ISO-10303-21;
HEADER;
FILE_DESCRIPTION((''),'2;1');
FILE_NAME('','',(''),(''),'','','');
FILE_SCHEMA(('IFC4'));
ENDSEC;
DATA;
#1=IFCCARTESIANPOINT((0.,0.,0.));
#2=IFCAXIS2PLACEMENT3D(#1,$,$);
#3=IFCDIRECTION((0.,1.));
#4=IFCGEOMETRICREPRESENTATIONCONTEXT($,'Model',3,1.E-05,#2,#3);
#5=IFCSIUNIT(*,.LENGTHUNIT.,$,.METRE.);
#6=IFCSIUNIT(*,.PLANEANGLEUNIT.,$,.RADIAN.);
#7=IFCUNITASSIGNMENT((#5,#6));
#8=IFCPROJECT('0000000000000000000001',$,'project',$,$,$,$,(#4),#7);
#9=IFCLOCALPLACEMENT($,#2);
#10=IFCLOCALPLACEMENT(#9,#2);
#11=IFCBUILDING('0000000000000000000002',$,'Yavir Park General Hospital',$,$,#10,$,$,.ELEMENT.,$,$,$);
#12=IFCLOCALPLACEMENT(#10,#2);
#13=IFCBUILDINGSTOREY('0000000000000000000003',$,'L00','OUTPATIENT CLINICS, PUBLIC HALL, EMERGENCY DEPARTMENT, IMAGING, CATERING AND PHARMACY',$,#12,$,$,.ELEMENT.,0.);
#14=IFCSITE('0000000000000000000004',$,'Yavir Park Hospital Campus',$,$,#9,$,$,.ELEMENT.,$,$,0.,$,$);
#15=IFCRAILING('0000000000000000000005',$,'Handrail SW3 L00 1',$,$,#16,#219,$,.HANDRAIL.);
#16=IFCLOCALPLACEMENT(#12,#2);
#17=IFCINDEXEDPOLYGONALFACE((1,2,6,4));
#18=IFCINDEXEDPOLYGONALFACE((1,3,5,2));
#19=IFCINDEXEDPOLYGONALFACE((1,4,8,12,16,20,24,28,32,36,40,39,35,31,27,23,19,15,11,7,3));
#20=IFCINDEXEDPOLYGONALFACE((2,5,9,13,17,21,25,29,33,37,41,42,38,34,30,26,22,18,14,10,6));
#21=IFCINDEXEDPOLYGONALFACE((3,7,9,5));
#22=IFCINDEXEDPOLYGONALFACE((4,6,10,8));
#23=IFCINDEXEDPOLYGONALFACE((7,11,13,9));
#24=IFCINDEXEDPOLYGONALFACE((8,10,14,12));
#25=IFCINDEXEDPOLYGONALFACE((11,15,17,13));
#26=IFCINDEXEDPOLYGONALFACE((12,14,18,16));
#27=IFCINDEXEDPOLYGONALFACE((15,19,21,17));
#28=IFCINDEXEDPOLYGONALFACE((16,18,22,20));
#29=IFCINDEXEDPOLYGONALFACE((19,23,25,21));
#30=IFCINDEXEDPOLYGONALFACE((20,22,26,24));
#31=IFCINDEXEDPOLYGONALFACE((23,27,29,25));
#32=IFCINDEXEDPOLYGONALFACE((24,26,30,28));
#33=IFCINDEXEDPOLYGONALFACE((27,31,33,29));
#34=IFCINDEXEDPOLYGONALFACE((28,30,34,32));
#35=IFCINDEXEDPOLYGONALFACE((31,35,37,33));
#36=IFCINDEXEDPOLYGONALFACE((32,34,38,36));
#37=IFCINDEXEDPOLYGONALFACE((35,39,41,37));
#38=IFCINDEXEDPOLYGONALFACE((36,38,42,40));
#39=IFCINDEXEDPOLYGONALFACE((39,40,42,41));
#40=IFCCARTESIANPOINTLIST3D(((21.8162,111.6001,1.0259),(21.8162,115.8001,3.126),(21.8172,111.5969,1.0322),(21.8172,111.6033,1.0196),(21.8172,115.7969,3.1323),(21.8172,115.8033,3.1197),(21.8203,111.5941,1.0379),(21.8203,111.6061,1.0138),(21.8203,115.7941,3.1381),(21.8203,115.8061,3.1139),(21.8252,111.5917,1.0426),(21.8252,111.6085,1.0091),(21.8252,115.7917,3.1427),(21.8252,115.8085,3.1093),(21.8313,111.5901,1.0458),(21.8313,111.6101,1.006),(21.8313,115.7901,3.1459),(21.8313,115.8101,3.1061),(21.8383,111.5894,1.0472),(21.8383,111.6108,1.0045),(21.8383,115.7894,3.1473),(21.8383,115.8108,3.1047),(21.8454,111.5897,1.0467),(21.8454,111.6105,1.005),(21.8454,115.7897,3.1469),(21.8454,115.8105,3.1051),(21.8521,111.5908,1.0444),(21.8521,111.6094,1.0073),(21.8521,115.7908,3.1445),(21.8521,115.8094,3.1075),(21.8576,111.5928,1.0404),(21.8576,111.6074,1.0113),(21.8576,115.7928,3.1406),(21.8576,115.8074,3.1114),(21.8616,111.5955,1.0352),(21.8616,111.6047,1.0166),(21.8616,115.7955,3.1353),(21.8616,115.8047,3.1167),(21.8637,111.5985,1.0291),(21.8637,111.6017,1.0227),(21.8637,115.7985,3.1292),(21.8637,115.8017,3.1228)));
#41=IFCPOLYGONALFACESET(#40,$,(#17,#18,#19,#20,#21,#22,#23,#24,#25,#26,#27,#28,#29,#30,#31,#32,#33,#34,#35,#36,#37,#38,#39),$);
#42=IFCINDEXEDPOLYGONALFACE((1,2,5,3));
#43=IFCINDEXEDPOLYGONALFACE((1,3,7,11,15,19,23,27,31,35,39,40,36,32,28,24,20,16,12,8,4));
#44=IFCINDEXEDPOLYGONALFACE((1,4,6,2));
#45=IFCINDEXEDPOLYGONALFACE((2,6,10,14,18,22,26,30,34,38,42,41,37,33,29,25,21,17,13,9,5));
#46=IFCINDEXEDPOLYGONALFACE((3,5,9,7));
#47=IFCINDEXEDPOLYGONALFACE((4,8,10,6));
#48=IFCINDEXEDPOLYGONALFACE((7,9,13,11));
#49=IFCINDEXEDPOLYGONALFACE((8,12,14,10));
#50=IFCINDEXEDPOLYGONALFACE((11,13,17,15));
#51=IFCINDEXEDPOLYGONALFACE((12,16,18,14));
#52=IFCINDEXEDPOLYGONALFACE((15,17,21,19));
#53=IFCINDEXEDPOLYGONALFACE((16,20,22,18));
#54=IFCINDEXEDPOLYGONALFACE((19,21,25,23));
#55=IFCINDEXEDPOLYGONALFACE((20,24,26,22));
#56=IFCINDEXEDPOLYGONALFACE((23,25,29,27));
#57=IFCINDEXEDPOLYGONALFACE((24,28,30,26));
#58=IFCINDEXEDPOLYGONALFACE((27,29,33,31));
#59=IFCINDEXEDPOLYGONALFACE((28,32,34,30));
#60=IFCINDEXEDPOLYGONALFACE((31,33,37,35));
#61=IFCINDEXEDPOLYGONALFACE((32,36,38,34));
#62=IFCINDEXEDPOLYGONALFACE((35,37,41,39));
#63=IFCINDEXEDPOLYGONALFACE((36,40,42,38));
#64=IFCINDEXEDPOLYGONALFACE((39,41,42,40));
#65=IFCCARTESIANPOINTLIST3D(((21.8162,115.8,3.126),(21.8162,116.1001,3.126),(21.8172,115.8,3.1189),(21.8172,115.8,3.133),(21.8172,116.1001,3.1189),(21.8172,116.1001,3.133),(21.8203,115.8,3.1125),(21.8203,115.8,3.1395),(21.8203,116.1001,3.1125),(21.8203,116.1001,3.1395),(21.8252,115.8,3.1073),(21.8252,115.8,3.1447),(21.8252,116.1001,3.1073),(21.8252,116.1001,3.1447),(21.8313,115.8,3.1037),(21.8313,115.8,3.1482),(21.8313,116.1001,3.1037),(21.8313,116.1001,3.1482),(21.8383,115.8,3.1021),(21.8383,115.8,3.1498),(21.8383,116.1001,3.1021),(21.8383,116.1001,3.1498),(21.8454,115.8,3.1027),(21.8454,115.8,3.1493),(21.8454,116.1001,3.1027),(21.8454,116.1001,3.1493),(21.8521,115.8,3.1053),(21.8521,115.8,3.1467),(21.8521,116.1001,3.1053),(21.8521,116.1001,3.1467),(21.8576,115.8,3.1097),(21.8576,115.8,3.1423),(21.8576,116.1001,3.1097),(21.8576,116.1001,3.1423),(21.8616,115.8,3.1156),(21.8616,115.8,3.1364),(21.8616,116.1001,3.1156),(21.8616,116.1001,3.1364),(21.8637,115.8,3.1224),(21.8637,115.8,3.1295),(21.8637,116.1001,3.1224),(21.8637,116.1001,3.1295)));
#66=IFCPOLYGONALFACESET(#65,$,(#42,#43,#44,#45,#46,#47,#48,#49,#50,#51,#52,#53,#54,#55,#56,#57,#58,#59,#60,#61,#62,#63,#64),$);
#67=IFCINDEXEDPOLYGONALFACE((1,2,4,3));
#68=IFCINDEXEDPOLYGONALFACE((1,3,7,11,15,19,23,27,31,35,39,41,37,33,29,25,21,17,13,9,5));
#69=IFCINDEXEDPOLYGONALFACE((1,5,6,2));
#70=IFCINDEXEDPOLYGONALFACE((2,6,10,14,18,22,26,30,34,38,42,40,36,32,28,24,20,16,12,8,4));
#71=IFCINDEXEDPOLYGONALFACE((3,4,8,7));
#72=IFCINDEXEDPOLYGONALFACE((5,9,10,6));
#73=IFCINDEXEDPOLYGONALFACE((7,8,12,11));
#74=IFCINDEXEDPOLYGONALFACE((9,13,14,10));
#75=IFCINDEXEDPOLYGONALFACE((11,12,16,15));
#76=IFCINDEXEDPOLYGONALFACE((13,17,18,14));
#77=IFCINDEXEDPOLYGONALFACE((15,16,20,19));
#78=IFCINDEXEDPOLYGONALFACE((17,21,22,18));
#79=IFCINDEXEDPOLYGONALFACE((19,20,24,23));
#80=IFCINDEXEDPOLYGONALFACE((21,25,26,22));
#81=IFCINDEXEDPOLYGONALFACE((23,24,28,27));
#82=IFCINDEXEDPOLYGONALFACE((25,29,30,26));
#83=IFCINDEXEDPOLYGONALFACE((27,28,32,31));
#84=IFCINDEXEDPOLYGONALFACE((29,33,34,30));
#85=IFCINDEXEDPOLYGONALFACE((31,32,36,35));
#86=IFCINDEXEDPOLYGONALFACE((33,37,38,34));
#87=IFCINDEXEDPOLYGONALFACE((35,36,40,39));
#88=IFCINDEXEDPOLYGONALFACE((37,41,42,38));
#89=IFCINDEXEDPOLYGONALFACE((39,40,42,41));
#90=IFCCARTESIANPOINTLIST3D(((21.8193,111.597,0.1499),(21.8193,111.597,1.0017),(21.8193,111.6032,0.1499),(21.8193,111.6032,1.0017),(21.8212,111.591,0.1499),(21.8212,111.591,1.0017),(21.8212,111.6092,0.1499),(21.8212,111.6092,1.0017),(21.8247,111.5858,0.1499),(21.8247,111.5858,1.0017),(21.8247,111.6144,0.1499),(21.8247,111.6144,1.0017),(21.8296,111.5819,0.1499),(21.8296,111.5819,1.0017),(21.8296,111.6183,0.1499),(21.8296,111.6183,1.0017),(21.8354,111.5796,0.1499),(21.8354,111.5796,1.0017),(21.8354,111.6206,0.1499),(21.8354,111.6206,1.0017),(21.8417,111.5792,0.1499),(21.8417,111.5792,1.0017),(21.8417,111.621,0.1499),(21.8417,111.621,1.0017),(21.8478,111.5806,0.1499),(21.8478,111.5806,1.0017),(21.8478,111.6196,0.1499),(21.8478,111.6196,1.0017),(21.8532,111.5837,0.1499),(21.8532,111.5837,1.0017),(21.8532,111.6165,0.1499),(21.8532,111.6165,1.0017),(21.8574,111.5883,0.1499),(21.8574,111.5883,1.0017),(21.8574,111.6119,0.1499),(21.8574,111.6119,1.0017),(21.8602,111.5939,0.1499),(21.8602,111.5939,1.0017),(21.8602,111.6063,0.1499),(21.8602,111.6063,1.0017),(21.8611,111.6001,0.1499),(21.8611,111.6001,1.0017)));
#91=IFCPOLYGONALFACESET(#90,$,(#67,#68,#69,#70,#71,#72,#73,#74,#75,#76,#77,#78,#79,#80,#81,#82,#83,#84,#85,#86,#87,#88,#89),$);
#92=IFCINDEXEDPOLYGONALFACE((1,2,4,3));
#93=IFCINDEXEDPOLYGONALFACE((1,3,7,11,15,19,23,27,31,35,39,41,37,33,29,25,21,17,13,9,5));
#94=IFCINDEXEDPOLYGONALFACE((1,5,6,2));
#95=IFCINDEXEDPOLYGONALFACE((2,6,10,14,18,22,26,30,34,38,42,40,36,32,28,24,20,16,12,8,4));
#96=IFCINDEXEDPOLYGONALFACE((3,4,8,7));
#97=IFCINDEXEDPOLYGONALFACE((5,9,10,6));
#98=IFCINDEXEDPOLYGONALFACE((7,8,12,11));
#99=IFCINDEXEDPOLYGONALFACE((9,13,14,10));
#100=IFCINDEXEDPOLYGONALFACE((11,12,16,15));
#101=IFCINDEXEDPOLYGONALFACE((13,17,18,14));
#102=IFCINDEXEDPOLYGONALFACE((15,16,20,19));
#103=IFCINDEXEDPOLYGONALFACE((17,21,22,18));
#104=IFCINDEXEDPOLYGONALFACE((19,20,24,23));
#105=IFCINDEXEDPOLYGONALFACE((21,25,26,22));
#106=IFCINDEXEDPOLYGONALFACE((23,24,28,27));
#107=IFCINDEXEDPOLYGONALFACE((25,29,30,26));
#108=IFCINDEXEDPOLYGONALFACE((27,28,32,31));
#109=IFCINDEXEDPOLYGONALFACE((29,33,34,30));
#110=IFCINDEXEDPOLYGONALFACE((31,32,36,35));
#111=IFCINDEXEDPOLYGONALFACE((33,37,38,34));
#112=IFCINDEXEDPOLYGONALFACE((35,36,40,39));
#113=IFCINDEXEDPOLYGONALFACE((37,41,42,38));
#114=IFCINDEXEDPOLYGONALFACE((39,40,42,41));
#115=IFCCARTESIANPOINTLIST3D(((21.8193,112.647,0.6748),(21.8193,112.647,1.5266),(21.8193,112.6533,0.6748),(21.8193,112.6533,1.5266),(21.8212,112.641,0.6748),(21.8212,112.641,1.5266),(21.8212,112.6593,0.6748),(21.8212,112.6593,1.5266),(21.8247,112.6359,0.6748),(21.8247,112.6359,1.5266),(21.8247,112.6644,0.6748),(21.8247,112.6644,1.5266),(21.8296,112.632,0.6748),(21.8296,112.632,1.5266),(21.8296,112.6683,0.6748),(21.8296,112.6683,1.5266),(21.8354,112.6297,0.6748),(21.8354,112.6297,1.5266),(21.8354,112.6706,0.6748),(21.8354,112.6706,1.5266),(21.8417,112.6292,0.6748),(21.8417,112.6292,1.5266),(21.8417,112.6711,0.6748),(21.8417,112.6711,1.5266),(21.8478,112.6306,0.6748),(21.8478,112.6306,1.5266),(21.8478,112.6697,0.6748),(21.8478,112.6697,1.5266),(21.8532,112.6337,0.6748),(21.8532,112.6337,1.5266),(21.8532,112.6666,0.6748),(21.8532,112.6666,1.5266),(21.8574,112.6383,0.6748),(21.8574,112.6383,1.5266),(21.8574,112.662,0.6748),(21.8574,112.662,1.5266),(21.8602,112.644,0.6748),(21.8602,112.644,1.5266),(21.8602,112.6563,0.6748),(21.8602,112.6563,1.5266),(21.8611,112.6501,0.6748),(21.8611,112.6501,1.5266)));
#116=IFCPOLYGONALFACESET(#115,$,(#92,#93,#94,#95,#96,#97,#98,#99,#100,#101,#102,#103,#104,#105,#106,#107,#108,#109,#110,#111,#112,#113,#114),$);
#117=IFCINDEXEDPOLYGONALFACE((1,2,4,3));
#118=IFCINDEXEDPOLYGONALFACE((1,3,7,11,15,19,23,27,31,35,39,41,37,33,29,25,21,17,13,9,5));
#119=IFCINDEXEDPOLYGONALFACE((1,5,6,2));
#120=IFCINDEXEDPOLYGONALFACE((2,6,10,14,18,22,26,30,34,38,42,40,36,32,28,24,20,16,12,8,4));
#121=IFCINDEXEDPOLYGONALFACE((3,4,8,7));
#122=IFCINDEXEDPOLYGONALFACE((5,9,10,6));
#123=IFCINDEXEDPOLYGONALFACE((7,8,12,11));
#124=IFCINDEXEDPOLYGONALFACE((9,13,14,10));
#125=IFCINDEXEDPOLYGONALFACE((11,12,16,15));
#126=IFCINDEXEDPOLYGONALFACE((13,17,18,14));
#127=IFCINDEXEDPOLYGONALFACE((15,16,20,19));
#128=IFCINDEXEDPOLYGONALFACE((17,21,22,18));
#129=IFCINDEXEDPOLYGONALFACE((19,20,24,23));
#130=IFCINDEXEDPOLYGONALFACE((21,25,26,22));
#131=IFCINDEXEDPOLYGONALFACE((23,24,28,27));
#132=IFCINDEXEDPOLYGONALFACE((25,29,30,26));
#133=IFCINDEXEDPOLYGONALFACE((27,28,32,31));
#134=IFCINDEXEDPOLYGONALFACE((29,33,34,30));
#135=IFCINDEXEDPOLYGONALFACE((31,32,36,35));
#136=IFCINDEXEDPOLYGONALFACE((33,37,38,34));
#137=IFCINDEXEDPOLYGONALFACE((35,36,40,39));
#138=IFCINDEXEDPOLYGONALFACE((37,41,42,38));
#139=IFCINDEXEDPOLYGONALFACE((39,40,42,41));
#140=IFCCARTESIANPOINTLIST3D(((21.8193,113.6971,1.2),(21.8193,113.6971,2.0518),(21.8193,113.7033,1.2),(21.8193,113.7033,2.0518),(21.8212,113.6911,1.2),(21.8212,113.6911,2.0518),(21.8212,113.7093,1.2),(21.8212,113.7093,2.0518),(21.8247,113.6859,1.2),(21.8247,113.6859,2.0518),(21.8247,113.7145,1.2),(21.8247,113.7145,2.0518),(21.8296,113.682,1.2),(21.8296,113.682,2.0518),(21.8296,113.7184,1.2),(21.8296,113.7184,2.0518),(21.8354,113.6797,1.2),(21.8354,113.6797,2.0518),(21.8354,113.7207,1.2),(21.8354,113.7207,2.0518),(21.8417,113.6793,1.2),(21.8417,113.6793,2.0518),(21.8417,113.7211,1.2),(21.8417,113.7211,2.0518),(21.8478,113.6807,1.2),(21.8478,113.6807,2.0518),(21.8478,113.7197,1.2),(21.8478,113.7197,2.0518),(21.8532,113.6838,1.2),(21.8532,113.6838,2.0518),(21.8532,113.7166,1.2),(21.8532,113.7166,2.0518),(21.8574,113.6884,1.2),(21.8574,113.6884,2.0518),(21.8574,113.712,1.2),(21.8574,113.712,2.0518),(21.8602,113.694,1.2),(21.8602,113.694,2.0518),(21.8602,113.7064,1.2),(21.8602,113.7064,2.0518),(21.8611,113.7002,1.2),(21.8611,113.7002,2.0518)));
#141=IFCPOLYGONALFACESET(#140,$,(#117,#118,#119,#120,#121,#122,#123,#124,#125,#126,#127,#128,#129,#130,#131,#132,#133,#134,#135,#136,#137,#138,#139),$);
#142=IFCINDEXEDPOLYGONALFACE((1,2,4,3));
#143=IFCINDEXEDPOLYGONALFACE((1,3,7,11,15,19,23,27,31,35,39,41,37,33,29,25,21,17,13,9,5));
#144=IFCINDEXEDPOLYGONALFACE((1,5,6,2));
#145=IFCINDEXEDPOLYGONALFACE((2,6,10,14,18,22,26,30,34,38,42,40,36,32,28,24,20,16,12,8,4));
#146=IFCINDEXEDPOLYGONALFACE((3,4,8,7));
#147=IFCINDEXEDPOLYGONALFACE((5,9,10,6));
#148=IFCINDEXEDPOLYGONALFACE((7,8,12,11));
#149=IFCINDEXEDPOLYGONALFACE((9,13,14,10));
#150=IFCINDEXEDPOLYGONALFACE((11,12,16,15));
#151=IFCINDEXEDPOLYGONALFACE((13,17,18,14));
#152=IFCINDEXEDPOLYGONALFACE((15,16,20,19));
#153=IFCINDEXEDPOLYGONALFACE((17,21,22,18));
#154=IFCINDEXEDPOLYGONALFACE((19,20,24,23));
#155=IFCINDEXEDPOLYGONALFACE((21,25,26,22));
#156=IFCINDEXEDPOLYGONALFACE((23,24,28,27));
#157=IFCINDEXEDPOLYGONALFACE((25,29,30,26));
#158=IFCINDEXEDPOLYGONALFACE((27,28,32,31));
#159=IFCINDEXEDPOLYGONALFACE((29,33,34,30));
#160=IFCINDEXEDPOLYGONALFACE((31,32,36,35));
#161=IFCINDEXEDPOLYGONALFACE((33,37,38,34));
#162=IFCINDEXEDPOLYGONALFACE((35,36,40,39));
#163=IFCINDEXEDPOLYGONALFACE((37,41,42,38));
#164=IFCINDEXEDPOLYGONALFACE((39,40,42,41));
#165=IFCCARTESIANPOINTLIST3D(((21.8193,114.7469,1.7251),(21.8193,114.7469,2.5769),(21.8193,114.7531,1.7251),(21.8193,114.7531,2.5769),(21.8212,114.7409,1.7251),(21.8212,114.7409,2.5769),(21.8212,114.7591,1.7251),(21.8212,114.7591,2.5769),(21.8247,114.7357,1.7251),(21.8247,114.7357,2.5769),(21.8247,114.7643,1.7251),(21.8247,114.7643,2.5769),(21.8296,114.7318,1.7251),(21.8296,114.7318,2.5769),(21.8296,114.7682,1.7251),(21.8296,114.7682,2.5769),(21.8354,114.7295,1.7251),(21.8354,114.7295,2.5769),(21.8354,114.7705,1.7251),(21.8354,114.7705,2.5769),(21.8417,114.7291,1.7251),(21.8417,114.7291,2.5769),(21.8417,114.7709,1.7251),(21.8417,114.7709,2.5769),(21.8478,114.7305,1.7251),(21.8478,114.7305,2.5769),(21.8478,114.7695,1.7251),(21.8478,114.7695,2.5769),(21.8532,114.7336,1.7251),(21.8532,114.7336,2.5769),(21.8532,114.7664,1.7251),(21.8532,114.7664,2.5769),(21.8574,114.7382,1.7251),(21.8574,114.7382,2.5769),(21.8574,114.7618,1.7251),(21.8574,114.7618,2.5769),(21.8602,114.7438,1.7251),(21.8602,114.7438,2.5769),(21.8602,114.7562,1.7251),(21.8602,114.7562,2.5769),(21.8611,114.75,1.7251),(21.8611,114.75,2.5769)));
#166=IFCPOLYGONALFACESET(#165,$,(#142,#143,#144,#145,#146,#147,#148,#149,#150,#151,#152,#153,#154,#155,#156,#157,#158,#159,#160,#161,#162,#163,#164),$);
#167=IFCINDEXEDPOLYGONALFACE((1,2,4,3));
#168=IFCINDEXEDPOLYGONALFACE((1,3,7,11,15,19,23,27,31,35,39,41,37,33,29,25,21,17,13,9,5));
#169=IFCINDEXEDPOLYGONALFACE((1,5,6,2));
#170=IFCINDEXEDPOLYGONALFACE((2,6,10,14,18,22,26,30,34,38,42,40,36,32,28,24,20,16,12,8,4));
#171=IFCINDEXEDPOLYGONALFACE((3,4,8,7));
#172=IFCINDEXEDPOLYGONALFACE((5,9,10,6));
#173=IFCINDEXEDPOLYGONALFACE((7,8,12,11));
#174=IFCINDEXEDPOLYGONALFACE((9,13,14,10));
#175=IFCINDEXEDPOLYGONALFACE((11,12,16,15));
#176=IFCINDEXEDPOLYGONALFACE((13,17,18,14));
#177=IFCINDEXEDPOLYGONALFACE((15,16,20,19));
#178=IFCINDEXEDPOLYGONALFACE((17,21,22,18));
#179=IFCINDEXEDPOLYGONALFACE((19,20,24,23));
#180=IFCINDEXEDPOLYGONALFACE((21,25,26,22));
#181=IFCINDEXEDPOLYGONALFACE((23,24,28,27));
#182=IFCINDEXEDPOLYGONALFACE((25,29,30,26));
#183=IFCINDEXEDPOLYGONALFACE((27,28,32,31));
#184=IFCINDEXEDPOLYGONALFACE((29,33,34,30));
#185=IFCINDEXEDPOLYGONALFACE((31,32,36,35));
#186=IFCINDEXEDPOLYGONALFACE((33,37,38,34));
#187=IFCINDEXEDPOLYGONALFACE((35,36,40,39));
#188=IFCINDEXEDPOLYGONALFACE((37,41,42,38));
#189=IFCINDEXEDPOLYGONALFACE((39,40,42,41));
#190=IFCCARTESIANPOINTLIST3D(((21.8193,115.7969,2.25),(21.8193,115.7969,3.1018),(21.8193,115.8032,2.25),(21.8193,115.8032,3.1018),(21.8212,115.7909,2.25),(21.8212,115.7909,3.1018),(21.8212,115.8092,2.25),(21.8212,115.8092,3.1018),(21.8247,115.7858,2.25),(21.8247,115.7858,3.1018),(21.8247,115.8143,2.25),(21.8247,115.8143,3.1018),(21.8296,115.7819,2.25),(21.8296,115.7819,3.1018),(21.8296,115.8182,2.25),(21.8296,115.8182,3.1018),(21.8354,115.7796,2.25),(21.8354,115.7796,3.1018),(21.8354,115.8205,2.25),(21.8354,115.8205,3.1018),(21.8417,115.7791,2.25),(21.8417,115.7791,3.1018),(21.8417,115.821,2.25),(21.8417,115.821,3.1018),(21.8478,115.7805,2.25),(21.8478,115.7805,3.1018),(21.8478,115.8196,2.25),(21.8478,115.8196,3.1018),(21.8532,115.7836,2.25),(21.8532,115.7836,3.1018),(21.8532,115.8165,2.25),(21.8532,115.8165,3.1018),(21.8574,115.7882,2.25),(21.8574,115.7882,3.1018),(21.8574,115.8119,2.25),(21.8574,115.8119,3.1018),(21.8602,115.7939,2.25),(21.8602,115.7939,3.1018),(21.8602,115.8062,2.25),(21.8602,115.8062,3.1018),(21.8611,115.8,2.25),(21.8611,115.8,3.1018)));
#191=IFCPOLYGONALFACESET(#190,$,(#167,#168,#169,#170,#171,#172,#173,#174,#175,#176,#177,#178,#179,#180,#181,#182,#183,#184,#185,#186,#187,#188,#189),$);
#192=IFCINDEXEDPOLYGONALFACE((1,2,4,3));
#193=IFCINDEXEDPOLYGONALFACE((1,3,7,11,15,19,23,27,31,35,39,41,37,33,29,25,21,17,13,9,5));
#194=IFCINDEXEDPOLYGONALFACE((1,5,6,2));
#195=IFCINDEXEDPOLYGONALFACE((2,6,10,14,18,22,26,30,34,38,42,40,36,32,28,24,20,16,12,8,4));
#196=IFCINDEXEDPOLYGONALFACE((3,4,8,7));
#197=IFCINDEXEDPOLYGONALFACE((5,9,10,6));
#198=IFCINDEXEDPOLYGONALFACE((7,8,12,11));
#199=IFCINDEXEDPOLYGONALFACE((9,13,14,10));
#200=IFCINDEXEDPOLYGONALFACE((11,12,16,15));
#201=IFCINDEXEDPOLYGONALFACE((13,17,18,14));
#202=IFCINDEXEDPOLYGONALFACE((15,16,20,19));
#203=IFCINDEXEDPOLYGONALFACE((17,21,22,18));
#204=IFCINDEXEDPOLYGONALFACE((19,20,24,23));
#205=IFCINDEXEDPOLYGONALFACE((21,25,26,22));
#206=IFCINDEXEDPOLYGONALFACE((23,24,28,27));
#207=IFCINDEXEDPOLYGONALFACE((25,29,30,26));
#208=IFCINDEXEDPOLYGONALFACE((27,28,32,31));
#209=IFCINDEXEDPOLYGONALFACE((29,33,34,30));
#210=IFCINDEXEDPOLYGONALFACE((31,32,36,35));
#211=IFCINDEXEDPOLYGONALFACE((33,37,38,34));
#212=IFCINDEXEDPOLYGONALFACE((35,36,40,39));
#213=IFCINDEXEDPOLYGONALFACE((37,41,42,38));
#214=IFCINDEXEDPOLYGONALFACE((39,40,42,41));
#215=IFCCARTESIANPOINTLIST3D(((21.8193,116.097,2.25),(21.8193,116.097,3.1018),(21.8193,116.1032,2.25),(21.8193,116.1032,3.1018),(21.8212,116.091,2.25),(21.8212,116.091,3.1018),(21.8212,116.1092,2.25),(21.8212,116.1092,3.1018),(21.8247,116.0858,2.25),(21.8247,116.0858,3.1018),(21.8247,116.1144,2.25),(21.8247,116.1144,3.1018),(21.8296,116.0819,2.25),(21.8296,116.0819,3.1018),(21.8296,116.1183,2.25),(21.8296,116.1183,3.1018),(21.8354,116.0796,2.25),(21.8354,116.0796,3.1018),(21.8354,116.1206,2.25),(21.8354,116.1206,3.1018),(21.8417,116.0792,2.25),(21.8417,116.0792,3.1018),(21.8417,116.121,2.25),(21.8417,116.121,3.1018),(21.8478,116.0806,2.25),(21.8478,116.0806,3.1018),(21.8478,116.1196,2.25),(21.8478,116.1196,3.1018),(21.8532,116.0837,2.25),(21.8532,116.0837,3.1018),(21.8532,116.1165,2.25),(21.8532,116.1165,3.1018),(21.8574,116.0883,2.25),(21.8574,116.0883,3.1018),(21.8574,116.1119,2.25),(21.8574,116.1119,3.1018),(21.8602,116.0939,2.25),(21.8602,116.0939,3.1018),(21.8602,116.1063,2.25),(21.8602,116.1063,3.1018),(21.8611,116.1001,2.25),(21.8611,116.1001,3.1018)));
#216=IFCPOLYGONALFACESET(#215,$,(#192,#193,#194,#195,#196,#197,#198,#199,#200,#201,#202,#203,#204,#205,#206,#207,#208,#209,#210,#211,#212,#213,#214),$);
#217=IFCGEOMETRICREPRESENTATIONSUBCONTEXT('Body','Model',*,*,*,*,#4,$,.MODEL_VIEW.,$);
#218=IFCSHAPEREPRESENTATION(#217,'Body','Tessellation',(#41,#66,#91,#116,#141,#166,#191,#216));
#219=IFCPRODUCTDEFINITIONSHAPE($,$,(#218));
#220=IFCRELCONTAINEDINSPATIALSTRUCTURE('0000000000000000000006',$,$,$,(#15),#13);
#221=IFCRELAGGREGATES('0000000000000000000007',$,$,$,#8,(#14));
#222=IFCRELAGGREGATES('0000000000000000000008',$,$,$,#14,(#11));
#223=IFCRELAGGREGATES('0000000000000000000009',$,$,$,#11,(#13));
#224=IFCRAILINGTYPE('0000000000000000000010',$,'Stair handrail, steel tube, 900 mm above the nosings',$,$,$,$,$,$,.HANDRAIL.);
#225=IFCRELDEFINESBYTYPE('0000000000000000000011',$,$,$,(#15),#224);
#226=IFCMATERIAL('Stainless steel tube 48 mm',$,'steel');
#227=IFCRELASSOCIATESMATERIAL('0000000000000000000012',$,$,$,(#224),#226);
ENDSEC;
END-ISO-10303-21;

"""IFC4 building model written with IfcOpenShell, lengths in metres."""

from ifc_helpers import new_model, si_unit, direction, frame, origin, origin_2d, place, context, subcontext, project, spatial, circle, extrude, material, type_object, element, save


model = new_model("IFC4")

# Units and contexts
model_context = context("Model", 3, precision=1e-05, world=origin(), true_north=direction((0.0, 1.0)))
body_context = subcontext(model_context, "Body", "Model", "MODEL_VIEW")
ifc_project = project(units=[si_unit("LENGTHUNIT", "METRE"), si_unit("PLANEANGLEUNIT", "RADIAN")], contexts=[model_context])

# Site, building, storey
site_placement = place(None, origin())
site = spatial("IfcSite", under=ifc_project, at=site_placement, Name="Yavir Park Hospital Campus", CompositionType="ELEMENT", RefElevation=0.0)
building_placement = place(site_placement, origin())
building = spatial("IfcBuilding", under=site, at=building_placement, Name="Yavir Park General Hospital", CompositionType="ELEMENT")
storey_placement = place(building_placement, origin())
storey = spatial("IfcBuildingStorey", under=building, at=storey_placement, Name="L00", Description="OUTPATIENT CLINICS, PUBLIC HALL, EMERGENCY DEPARTMENT, IMAGING, CATERING AND PHARMACY", CompositionType="ELEMENT", Elevation=0.0)

# Railing
ifc_material_1 = material(Name="Stainless steel tube 48 mm", Category="steel")
railing_type = type_object("IfcRailingType", Name="Stair handrail, steel tube, 900 mm above the nosings", PredefinedType="HANDRAIL", material=ifc_material_1)
railing_placement = place(storey_placement, frame((21.8401, 111.6001, 0.1499)))
element("IfcRailing", 1, at=railing_placement, inside=storey, type_object=railing_type, Name="Handrail SW3 L00 1", PredefinedType="HANDRAIL", context=body_context, shape_type="SweptSolid", body=[
    extrude(circle(Radius=0.0239, at=origin_2d()), frame((0.0, 0.0, 0.876), z_axis=(0.0, 0.894417, 0.447234), x_axis=(-1.0, 0.0, 0.0)), (0.0, 0.0, 1.0), 4.6958),
    extrude(circle(Radius=0.0239, at=origin_2d()), frame((0.0, 4.2, 2.9761), z_axis=(0.0, 1.0, 0.0), x_axis=(-1.0, 0.0, 0.0)), (0.0, 0.0, 1.0), 0.3),
    extrude(circle(Radius=0.021, at=origin_2d()), origin(), (0.0, 0.0, 1.0), 0.8518),
    extrude(circle(Radius=0.021, at=origin_2d()), frame((0.0, 1.05, 0.5249)), (0.0, 0.0, 1.0), 0.8518),
    extrude(circle(Radius=0.021, at=origin_2d()), frame((0.0, 2.1001, 1.05)), (0.0, 0.0, 1.0), 0.8518),
    extrude(circle(Radius=0.021, at=origin_2d()), frame((0.0, 3.1499, 1.5752)), (0.0, 0.0, 1.0), 0.8518),
    extrude(circle(Radius=0.021, at=origin_2d()), frame((0.0, 4.2, 2.1001)), (0.0, 0.0, 1.0), 0.8518),
    extrude(circle(Radius=0.021, at=origin_2d()), frame((0.0, 4.5, 2.1001)), (0.0, 0.0, 1.0), 0.8518),
])

save(model, "model.ifc")
